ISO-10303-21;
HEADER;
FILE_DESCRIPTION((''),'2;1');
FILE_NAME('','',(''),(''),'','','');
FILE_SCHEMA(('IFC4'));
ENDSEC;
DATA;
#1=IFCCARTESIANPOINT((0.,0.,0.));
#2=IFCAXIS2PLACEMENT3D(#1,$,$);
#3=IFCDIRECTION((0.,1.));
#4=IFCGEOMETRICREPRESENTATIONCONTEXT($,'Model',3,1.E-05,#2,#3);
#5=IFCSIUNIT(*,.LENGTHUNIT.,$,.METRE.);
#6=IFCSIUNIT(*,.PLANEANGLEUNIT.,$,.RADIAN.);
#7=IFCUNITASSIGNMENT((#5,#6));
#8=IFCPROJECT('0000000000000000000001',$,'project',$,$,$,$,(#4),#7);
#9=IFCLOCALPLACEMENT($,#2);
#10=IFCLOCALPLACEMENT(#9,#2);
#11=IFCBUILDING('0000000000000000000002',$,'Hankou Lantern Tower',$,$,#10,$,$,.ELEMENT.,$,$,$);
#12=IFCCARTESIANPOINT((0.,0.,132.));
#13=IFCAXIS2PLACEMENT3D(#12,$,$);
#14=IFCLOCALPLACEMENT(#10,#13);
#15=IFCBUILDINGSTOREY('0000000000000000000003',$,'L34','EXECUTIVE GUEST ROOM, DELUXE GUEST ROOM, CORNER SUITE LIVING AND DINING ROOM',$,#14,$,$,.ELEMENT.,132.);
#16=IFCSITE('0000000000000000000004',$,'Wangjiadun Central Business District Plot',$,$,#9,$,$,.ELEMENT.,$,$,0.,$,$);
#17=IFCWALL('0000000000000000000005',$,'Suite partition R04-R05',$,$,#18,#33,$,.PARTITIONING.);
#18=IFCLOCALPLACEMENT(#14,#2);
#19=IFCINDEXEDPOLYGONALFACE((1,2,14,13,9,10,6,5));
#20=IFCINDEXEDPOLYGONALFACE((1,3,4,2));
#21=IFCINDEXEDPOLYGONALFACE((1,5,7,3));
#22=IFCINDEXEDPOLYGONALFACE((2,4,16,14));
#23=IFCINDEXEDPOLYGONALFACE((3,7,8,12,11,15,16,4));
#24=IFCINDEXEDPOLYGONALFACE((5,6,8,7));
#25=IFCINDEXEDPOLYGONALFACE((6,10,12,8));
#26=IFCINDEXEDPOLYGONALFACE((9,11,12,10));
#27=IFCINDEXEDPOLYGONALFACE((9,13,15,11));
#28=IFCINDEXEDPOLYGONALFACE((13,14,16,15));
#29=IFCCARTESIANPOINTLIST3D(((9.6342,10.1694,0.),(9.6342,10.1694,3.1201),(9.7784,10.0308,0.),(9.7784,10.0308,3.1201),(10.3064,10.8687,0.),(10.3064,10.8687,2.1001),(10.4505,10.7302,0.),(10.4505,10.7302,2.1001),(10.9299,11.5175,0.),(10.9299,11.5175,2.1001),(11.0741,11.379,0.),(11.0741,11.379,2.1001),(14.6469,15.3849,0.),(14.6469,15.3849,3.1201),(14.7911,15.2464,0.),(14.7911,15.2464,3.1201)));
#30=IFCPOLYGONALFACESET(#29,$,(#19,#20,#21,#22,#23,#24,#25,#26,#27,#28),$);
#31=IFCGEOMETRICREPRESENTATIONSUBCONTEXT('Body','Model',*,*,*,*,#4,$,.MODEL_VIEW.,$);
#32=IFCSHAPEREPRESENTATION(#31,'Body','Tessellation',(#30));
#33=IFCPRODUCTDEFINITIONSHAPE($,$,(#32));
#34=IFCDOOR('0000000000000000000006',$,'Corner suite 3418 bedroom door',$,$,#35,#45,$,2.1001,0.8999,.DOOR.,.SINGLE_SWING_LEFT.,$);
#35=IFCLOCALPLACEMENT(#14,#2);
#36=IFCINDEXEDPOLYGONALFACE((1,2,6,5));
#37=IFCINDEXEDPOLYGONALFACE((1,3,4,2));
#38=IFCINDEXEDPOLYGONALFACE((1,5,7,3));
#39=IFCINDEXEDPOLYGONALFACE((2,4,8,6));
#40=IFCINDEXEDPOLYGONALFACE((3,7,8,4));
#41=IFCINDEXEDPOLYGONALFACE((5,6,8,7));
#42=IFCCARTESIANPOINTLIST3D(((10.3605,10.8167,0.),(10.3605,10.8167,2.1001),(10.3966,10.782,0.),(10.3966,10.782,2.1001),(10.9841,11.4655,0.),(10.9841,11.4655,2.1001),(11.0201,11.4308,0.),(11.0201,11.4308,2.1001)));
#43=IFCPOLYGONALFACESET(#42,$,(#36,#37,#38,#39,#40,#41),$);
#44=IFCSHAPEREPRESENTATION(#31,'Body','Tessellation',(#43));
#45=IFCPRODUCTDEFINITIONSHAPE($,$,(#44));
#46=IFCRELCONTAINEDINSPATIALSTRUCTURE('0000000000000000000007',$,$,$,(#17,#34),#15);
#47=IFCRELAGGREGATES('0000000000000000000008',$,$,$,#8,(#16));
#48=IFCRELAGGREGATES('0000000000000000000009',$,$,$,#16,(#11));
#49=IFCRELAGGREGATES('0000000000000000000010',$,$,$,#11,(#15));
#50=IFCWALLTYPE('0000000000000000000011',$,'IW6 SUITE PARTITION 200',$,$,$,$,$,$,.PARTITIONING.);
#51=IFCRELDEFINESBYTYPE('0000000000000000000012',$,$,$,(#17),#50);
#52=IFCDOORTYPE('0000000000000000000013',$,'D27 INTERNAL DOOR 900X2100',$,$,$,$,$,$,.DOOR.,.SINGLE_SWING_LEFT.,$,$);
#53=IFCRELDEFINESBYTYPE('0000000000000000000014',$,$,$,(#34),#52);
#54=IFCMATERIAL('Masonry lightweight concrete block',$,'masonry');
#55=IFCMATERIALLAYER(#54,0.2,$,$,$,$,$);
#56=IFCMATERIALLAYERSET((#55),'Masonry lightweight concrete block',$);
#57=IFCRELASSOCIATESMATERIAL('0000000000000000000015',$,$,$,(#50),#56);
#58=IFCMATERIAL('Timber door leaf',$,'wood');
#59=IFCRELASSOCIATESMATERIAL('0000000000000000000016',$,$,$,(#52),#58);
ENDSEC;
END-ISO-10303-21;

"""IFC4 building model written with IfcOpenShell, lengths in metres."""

from ifc_helpers import new_model, si_unit, direction, frame, frame_2d, origin, place, context, subcontext, project, spatial, rectangle, extrude, material, layer, layer_set, type_object, element, fill, save


model = new_model("IFC4")

# Units and contexts
model_context = context("Model", 3, precision=1e-05, world=origin(), true_north=direction((0.0, 1.0)))
body_context = subcontext(model_context, "Body", "Model", "MODEL_VIEW")
ifc_project = project(units=[si_unit("LENGTHUNIT", "METRE"), si_unit("PLANEANGLEUNIT", "RADIAN")], contexts=[model_context])

# Site, building, storey
site_placement = place(None, origin())
site = spatial("IfcSite", under=ifc_project, at=site_placement, Name="Wangjiadun Central Business District Plot", CompositionType="ELEMENT", RefElevation=0.0)
building_placement = place(site_placement, origin())
building = spatial("IfcBuilding", under=site, at=building_placement, Name="Hankou Lantern Tower", CompositionType="ELEMENT")
storey_placement = place(building_placement, frame((0.0, 0.0, 132.0)))
storey = spatial("IfcBuildingStorey", under=building, at=storey_placement, Name="L34", Description="EXECUTIVE GUEST ROOM, DELUXE GUEST ROOM, CORNER SUITE LIVING AND DINING ROOM", CompositionType="ELEMENT", Elevation=132.0)

# Wall, opening, door
ifc_material_1 = material(Name="Masonry lightweight concrete block", Category="masonry")
ifc_layer_1 = layer(ifc_material_1, 0.2)
ifc_layer_set_1 = layer_set([ifc_layer_1], Name="Masonry lightweight concrete block")
wall_type_1 = type_object("IfcWallType", Name="IW6 SUITE PARTITION 200", PredefinedType="PARTITIONING", material=ifc_layer_set_1)
wall_1_placement = place(storey_placement, frame((9.7063, 10.1001, 0.0), z_axis=(0.0, 0.0, 1.0), x_axis=(0.692945, 0.720991, 0.0)))
wall_1 = element("IfcWall", 1, at=wall_1_placement, inside=storey, type_object=wall_type_1, Name="Suite partition R04-R05", PredefinedType="PARTITIONING", context=body_context, shape_type="SweptSolid", body=[
    extrude(rectangle(XDim=7.2339, YDim=0.2, at=frame_2d((3.6169, 0.0))), origin(), (0.0, 0.0, 1.0), 3.1201),
])
opening_1_placement = place(wall_1_placement, frame((0.97, 0.0, 0.0)))
opening_1 = element("IfcOpeningElement", 2, at=opening_1_placement, cuts=wall_1, PredefinedType="OPENING", context=body_context, shape_type="SweptSolid", body=[
    extrude(rectangle(XDim=0.8999, YDim=2.1001, at=frame_2d((0.45, 1.05))), frame((0.0, 0.1099, 0.0), z_axis=(0.0, -1.0, 0.0), x_axis=(1.0, 0.0, 0.0)), (0.0, 0.0, 1.0), 0.22),
])
ifc_material_2 = material(Name="Timber door leaf", Category="wood")
door_type = type_object("IfcDoorType", Name="D27 INTERNAL DOOR 900X2100", OperationType="SINGLE_SWING_LEFT", PredefinedType="DOOR", material=ifc_material_2)
door_placement = place(opening_1_placement, origin())
door = element("IfcDoor", 3, at=door_placement, inside=storey, type_object=door_type, Name="Corner suite 3418 bedroom door", OperationType="SINGLE_SWING_LEFT", OverallHeight=2.1001, OverallWidth=0.8999, PredefinedType="DOOR", context=body_context, shape_type="SweptSolid", body=[
    extrude(rectangle(XDim=0.8999, YDim=2.1001, at=frame_2d((0.45, 1.05))), frame((0.0, 0.0249, 0.0), z_axis=(0.0, -1.0, 0.0), x_axis=(1.0, 0.0, 0.0)), (0.0, 0.0, 1.0), 0.05),
])
fill(opening_1, door)

save(model, "model.ifc")
